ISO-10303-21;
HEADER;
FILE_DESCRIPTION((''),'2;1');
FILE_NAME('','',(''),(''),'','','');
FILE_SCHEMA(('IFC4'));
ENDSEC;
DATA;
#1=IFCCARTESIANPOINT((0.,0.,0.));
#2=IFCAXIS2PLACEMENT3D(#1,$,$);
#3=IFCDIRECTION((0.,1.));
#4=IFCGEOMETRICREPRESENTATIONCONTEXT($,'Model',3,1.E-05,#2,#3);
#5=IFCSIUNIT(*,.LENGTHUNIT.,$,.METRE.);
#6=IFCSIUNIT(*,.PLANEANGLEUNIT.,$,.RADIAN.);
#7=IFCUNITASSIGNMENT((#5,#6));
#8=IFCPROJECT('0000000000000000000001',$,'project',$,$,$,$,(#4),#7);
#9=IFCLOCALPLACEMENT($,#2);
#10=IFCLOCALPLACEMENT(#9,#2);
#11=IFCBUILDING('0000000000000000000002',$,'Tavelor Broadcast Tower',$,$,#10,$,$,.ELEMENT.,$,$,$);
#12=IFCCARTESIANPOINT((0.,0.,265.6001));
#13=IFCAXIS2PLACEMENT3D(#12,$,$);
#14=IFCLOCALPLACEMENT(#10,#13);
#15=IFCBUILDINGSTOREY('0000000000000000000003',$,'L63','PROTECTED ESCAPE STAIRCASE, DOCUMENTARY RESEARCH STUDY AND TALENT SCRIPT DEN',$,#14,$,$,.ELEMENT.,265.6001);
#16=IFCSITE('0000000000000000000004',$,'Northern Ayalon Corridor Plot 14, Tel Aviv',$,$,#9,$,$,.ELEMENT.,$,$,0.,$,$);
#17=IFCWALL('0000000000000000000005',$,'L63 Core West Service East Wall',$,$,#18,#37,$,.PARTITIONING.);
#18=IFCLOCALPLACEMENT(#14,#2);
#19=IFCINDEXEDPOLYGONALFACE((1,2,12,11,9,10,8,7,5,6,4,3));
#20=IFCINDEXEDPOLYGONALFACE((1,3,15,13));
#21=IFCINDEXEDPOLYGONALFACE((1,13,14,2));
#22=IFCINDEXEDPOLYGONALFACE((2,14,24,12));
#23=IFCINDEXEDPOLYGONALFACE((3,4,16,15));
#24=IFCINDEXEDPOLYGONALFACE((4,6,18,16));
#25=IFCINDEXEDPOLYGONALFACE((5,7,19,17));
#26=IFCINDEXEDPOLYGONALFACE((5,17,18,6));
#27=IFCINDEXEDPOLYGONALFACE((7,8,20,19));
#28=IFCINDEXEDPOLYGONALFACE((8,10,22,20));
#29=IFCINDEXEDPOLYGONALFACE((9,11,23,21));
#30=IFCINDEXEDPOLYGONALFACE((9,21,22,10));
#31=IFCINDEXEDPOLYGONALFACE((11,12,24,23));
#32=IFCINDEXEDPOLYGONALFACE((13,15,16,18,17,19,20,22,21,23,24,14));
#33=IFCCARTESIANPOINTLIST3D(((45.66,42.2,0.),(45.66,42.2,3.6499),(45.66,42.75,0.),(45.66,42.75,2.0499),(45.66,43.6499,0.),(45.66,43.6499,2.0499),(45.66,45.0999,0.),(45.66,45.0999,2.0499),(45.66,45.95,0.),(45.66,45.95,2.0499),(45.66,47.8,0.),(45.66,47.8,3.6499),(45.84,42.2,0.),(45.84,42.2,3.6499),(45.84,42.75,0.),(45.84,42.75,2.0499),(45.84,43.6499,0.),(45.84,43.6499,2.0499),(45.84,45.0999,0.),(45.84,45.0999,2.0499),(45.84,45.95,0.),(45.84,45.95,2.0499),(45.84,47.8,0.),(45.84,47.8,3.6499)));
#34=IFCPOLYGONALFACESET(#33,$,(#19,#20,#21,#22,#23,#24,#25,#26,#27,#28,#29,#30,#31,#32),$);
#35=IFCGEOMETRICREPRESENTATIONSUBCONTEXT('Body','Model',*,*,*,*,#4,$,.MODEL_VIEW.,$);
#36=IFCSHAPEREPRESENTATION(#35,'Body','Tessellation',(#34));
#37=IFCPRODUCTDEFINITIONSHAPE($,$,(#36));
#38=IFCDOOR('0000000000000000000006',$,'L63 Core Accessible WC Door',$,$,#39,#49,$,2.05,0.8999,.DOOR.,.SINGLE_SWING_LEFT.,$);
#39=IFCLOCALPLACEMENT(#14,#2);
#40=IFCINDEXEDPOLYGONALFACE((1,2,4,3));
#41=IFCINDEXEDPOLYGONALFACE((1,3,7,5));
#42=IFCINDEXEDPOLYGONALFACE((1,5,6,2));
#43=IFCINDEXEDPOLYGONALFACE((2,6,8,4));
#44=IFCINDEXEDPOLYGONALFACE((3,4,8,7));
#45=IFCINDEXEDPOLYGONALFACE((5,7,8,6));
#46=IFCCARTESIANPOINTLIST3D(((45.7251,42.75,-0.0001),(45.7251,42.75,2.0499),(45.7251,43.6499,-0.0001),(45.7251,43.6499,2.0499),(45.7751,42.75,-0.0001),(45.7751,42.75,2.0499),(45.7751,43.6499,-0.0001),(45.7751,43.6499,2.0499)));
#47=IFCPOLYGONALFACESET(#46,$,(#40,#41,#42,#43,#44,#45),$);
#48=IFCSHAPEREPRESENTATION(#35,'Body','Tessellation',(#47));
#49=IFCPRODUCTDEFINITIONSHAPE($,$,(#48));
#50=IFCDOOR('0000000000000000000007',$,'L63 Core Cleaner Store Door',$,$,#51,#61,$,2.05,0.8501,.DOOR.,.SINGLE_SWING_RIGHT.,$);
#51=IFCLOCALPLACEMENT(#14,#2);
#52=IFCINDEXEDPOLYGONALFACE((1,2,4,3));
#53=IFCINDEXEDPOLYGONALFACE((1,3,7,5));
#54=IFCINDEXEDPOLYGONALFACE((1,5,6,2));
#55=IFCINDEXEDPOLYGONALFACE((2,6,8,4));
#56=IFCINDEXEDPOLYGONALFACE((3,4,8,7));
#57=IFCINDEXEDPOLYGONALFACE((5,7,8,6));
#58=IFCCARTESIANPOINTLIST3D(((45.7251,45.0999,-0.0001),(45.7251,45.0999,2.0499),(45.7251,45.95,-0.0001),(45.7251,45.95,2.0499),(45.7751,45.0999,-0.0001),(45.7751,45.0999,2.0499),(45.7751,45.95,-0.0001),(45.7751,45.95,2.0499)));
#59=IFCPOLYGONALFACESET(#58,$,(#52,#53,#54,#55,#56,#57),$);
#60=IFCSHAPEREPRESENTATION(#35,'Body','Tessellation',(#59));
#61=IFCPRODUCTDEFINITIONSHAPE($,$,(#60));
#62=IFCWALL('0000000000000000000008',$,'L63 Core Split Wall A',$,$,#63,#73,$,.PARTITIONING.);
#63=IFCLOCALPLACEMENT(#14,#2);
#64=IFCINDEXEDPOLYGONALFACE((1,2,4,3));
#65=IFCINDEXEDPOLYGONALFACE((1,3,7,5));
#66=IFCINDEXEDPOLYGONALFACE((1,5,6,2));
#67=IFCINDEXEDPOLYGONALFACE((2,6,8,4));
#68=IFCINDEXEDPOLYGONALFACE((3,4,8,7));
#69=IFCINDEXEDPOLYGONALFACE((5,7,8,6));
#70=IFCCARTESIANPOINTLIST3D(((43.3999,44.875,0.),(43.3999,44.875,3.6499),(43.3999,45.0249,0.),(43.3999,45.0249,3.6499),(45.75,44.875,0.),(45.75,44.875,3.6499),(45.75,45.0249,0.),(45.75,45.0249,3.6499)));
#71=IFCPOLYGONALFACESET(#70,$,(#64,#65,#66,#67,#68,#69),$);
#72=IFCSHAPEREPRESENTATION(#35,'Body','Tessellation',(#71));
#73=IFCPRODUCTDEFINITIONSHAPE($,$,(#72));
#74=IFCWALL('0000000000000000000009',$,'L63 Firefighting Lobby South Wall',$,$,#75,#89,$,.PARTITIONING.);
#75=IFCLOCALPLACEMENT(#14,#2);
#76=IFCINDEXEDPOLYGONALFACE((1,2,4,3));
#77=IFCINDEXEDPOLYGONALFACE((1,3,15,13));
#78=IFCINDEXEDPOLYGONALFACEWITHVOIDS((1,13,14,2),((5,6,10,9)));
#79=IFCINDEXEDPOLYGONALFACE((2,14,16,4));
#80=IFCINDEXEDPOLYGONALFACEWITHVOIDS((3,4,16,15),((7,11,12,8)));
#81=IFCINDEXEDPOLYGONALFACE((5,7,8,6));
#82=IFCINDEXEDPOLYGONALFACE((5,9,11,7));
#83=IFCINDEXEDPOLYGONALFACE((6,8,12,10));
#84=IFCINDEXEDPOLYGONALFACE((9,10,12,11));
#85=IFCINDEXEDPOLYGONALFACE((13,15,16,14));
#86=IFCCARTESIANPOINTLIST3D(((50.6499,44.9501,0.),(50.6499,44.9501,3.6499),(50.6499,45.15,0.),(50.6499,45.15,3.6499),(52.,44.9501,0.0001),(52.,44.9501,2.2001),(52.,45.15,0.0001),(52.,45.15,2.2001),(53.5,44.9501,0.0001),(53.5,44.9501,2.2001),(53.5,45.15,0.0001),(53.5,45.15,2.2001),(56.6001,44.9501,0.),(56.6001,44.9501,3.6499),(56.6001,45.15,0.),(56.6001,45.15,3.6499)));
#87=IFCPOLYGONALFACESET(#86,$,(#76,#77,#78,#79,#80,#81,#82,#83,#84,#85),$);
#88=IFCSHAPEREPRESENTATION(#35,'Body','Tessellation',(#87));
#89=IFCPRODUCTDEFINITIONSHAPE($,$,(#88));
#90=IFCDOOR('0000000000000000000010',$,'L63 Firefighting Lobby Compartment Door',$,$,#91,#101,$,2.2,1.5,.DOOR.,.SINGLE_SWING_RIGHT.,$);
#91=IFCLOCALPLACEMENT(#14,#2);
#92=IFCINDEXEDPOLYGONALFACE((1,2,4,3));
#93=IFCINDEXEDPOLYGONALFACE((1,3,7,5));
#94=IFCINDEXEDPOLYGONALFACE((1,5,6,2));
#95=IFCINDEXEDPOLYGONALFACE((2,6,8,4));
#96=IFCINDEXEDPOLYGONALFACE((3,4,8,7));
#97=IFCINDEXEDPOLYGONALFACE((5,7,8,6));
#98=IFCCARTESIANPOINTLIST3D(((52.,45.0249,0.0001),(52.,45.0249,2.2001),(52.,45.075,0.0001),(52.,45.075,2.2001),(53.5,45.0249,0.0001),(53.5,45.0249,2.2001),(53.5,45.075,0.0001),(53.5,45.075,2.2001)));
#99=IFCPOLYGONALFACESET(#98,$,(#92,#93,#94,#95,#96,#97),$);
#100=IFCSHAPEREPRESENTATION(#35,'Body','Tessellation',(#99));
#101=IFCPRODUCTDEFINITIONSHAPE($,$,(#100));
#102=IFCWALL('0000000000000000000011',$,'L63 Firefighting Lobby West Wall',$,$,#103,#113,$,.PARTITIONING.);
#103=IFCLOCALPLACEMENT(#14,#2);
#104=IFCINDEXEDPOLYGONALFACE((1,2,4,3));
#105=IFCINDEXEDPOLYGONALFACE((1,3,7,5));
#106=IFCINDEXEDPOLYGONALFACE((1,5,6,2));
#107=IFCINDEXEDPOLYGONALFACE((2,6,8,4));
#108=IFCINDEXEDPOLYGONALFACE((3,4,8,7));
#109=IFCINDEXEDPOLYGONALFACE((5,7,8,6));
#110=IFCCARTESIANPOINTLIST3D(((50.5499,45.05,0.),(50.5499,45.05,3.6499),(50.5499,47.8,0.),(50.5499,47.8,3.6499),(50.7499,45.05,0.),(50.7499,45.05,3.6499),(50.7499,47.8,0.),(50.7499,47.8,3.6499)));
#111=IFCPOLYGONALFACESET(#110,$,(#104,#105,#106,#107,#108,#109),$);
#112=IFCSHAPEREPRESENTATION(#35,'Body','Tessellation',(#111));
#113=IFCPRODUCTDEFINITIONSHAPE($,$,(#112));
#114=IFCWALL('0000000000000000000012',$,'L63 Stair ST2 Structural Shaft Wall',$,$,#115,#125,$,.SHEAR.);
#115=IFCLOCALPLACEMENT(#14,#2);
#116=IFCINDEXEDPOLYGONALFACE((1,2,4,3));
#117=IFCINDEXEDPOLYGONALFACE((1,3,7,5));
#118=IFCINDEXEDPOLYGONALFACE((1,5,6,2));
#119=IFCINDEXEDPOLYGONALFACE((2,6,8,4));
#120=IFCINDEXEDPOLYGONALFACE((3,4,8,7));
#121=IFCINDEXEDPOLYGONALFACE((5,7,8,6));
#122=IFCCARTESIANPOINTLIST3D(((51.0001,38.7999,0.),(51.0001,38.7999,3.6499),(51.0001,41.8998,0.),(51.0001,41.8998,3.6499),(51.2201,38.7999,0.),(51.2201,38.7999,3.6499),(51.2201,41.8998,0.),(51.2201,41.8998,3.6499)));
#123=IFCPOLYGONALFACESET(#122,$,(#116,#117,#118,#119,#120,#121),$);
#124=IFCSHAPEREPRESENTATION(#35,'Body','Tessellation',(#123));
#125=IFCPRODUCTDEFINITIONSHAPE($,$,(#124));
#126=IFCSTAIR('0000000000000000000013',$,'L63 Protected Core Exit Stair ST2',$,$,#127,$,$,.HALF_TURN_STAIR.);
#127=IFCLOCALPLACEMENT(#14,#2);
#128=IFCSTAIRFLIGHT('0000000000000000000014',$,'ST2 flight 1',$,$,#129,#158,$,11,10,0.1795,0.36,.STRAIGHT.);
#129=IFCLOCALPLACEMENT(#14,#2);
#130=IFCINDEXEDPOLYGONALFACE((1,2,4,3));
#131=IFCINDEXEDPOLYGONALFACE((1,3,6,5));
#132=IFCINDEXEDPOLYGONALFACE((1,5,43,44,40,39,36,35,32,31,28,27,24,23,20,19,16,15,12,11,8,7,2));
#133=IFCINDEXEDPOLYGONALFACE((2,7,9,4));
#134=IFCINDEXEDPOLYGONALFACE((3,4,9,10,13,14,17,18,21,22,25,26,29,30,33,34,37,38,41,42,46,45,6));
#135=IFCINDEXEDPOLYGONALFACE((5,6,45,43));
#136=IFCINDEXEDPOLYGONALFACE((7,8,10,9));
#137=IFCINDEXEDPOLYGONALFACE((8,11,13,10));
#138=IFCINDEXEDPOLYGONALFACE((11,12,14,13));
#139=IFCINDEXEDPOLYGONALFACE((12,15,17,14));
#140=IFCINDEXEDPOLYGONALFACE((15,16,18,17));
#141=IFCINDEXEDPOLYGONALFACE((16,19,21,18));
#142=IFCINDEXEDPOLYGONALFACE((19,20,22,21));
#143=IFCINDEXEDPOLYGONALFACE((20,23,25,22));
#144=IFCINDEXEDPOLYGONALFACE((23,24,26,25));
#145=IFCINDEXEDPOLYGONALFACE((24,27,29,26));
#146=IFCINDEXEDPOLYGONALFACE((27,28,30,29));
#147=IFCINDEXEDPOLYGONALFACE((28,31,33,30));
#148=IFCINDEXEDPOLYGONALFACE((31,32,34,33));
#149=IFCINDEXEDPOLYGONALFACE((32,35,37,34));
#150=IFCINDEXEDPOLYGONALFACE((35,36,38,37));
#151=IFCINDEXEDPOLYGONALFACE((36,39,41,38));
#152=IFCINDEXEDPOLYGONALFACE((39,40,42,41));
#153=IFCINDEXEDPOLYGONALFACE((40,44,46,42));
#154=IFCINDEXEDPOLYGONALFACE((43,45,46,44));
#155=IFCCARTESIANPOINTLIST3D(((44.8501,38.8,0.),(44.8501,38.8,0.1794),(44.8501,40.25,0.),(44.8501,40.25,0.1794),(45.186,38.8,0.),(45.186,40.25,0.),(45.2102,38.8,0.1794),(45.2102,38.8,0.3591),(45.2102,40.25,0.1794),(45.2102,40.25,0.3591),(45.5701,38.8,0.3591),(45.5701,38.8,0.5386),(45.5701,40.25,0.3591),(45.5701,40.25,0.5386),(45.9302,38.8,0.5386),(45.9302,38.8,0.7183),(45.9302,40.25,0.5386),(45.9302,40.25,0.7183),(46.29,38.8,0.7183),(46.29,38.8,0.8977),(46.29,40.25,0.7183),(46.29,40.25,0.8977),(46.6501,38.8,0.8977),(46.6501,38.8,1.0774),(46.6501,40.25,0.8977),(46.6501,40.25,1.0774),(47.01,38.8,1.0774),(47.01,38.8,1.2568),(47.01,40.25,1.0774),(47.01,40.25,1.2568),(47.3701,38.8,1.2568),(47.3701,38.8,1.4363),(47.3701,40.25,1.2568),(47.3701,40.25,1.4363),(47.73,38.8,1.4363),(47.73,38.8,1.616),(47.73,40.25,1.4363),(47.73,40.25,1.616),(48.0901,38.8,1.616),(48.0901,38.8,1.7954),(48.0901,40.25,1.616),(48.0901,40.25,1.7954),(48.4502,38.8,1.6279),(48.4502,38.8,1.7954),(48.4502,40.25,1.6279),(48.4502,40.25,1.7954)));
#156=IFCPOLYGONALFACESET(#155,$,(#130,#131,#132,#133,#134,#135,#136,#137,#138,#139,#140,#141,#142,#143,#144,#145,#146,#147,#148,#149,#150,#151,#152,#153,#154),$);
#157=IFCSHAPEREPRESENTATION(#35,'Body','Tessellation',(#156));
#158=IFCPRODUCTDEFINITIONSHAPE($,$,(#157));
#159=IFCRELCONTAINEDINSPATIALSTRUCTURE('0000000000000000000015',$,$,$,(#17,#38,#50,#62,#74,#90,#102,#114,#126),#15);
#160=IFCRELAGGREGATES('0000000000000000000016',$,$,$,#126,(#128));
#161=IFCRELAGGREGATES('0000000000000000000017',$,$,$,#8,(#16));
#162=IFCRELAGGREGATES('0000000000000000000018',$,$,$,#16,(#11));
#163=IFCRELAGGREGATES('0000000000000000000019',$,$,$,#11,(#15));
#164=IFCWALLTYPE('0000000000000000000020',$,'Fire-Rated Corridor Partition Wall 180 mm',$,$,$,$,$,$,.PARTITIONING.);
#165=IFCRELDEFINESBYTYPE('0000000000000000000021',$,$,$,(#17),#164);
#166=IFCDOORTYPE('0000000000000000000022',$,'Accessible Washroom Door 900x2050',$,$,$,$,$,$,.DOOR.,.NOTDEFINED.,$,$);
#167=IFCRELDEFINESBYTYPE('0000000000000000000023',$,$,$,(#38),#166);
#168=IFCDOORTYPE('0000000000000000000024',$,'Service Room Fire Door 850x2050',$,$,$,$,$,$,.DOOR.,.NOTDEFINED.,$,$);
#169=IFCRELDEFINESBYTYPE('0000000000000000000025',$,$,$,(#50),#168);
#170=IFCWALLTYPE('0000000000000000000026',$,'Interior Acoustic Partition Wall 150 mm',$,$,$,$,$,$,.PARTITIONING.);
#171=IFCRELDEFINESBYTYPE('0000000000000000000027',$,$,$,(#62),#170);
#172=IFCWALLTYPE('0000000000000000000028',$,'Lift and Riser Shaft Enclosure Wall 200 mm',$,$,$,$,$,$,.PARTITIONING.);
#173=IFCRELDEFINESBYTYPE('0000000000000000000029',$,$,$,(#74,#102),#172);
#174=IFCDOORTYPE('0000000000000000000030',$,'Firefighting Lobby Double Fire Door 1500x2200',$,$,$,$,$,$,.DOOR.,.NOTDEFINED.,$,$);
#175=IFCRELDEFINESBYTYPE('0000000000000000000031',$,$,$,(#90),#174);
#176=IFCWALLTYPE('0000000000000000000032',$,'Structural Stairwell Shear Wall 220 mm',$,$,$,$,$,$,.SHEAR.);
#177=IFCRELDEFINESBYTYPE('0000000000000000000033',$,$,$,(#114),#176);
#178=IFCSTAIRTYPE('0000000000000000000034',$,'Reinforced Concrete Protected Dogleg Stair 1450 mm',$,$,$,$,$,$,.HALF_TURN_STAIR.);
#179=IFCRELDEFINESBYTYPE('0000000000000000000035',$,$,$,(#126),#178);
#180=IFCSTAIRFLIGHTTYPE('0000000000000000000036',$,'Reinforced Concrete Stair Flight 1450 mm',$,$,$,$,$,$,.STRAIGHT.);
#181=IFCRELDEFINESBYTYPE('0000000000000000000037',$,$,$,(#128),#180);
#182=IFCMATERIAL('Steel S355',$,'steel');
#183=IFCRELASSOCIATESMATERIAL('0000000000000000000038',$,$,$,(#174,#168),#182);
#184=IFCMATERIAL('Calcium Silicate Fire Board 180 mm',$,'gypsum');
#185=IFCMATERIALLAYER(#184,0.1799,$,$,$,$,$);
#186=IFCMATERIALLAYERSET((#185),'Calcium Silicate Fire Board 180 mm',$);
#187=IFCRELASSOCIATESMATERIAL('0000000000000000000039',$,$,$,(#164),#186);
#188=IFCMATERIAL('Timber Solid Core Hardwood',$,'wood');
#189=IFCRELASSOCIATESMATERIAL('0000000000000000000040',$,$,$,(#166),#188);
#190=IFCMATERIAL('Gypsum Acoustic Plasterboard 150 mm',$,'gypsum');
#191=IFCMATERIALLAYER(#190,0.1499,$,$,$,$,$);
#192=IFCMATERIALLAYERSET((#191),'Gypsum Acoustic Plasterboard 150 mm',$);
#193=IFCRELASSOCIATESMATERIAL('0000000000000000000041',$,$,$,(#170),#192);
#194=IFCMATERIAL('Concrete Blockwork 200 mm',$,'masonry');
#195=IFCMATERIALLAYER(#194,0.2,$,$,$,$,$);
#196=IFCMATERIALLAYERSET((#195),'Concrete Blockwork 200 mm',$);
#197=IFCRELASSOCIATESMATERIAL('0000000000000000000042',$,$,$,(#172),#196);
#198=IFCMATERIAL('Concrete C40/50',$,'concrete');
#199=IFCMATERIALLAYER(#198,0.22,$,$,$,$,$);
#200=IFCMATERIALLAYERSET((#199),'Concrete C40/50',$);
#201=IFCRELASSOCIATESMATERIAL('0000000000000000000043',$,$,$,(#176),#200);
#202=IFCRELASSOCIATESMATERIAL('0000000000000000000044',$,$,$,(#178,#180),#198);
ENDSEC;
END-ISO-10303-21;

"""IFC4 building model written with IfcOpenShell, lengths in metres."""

from ifc_helpers import new_model, si_unit, direction, frame, frame_2d, origin, place, context, subcontext, project, spatial, polyline, rectangle, outline, extrude, material, layer, layer_set, type_object, element, fill, aggregate, save


model = new_model("IFC4")

# Units and contexts
model_context = context("Model", 3, precision=1e-05, world=origin(), true_north=direction((0.0, 1.0)))
body_context = subcontext(model_context, "Body", "Model", "MODEL_VIEW")
ifc_project = project(units=[si_unit("LENGTHUNIT", "METRE"), si_unit("PLANEANGLEUNIT", "RADIAN")], contexts=[model_context])

# Site, building, storey
site_placement = place(None, origin())
site = spatial("IfcSite", under=ifc_project, at=site_placement, Name="Northern Ayalon Corridor Plot 14, Tel Aviv", CompositionType="ELEMENT", RefElevation=0.0)
building_placement = place(site_placement, origin())
building = spatial("IfcBuilding", under=site, at=building_placement, Name="Tavelor Broadcast Tower", CompositionType="ELEMENT")
storey_placement = place(building_placement, frame((0.0, 0.0, 265.6001)))
storey = spatial("IfcBuildingStorey", under=building, at=storey_placement, Name="L63", Description="PROTECTED ESCAPE STAIRCASE, DOCUMENTARY RESEARCH STUDY AND TALENT SCRIPT DEN", CompositionType="ELEMENT", Elevation=265.6001)

# Shared definitions
ifc_material_1 = material(Name="Concrete C40/50", Category="concrete")
ifc_material_2 = material(Name="Steel S355", Category="steel")

# Shared definitions
door_type_1 = type_object("IfcDoorType", Name="Firefighting Lobby Double Fire Door 1500x2200", OperationType="NOTDEFINED", PredefinedType="DOOR", material=ifc_material_2)

# Wall, openings, doors
ifc_material_3 = material(Name="Calcium Silicate Fire Board 180 mm", Category="gypsum")
ifc_layer_1 = layer(ifc_material_3, 0.1799)
ifc_layer_set_1 = layer_set([ifc_layer_1], Name="Calcium Silicate Fire Board 180 mm")
wall_type_1 = type_object("IfcWallType", Name="Fire-Rated Corridor Partition Wall 180 mm", PredefinedType="PARTITIONING", material=ifc_layer_set_1)
wall_1_placement = place(storey_placement, frame((45.75, 42.2, 0.0), z_axis=(0.0, 0.0, 1.0), x_axis=(0.0, 1.0, 0.0)))
wall_1 = element("IfcWall", 1, at=wall_1_placement, inside=storey, type_object=wall_type_1, Name="L63 Core West Service East Wall", PredefinedType="PARTITIONING", context=body_context, shape_type="SweptSolid", body=[
    extrude(rectangle(XDim=5.6001, YDim=0.1799, at=frame_2d((2.8, 0.0))), origin(), (0.0, 0.0, 1.0), 3.6499),
])
opening_1_placement = place(wall_1_placement, frame((0.55, 0.0, 0.0)))
opening_1 = element("IfcOpeningElement", 2, at=opening_1_placement, cuts=wall_1, PredefinedType="OPENING", context=body_context, shape_type="SweptSolid", body=[
    extrude(rectangle(XDim=0.8999, YDim=2.05, at=frame_2d((0.45, 1.0249))), frame((0.0, 0.1001, 0.0), z_axis=(0.0, -1.0, 0.0), x_axis=(1.0, 0.0, 0.0)), (0.0, 0.0, 1.0), 0.2),
])
opening_2_placement = place(wall_1_placement, frame((2.8999, 0.0, 0.0)))
opening_2 = element("IfcOpeningElement", 3, at=opening_2_placement, cuts=wall_1, PredefinedType="OPENING", context=body_context, shape_type="SweptSolid", body=[
    extrude(rectangle(XDim=0.8501, YDim=2.05, at=frame_2d((0.425, 1.0249))), frame((0.0, 0.1001, 0.0), z_axis=(0.0, -1.0, 0.0), x_axis=(1.0, 0.0, 0.0)), (0.0, 0.0, 1.0), 0.2),
])
ifc_material_4 = material(Name="Timber Solid Core Hardwood", Category="wood")
door_type_2 = type_object("IfcDoorType", Name="Accessible Washroom Door 900x2050", OperationType="NOTDEFINED", PredefinedType="DOOR", material=ifc_material_4)
door_1_placement = place(opening_1_placement, origin())
door_1 = element("IfcDoor", 4, at=door_1_placement, inside=storey, type_object=door_type_2, Name="L63 Core Accessible WC Door", OperationType="SINGLE_SWING_LEFT", OverallHeight=2.05, OverallWidth=0.8999, PredefinedType="DOOR", context=body_context, shape_type="SweptSolid", body=[
    extrude(rectangle(XDim=0.8999, YDim=2.05, at=frame_2d((0.45, 1.0249))), frame((0.0, 0.0249, 0.0), z_axis=(0.0, -1.0, 0.0), x_axis=(1.0, 0.0, 0.0)), (0.0, 0.0, 1.0), 0.05),
])
fill(opening_1, door_1)
door_type_3 = type_object("IfcDoorType", Name="Service Room Fire Door 850x2050", OperationType="NOTDEFINED", PredefinedType="DOOR", material=ifc_material_2)
door_2_placement = place(opening_2_placement, origin())
door_2 = element("IfcDoor", 5, at=door_2_placement, inside=storey, type_object=door_type_3, Name="L63 Core Cleaner Store Door", OperationType="SINGLE_SWING_RIGHT", OverallHeight=2.05, OverallWidth=0.8501, PredefinedType="DOOR", context=body_context, shape_type="SweptSolid", body=[
    extrude(rectangle(XDim=0.8501, YDim=2.05, at=frame_2d((0.425, 1.0249))), frame((0.0, 0.0249, 0.0), z_axis=(0.0, -1.0, 0.0), x_axis=(1.0, 0.0, 0.0)), (0.0, 0.0, 1.0), 0.05),
])
fill(opening_2, door_2)

# Wall
ifc_material_5 = material(Name="Gypsum Acoustic Plasterboard 150 mm", Category="gypsum")
ifc_layer_2 = layer(ifc_material_5, 0.1499)
ifc_layer_set_2 = layer_set([ifc_layer_2], Name="Gypsum Acoustic Plasterboard 150 mm")
wall_type_2 = type_object("IfcWallType", Name="Interior Acoustic Partition Wall 150 mm", PredefinedType="PARTITIONING", material=ifc_layer_set_2)
wall_2_placement = place(storey_placement, frame((43.3999, 44.95, 0.0), z_axis=(0.0, 0.0, 1.0), x_axis=(1.0, 0.0, 0.0)))
element("IfcWall", 6, at=wall_2_placement, inside=storey, type_object=wall_type_2, Name="L63 Core Split Wall A", PredefinedType="PARTITIONING", context=body_context, shape_type="SweptSolid", body=[
    extrude(rectangle(XDim=2.3501, YDim=0.1499, at=frame_2d((1.175, 0.0))), origin(), (0.0, 0.0, 1.0), 3.6499),
])

# Wall, opening, door
ifc_material_6 = material(Name="Concrete Blockwork 200 mm", Category="masonry")
ifc_layer_3 = layer(ifc_material_6, 0.2)
ifc_layer_set_3 = layer_set([ifc_layer_3], Name="Concrete Blockwork 200 mm")
wall_type_3 = type_object("IfcWallType", Name="Lift and Riser Shaft Enclosure Wall 200 mm", PredefinedType="PARTITIONING", material=ifc_layer_set_3)
wall_3_placement = place(storey_placement, frame((50.6499, 45.05, 0.0), z_axis=(0.0, 0.0, 1.0), x_axis=(1.0, 0.0, 0.0)))
wall_3 = element("IfcWall", 7, at=wall_3_placement, inside=storey, type_object=wall_type_3, Name="L63 Firefighting Lobby South Wall", PredefinedType="PARTITIONING", context=body_context, shape_type="SweptSolid", body=[
    extrude(rectangle(XDim=5.9502, YDim=0.2, at=frame_2d((2.9751, 0.0))), origin(), (0.0, 0.0, 1.0), 3.6499),
])
opening_3_placement = place(wall_3_placement, frame((1.3501, 0.0, 0.0)))
opening_3 = element("IfcOpeningElement", 8, at=opening_3_placement, cuts=wall_3, PredefinedType="OPENING", context=body_context, shape_type="SweptSolid", body=[
    extrude(rectangle(XDim=1.5, YDim=2.2, at=frame_2d((0.75, 1.1001))), frame((0.0, 0.1099, 0.0), z_axis=(0.0, -1.0, 0.0), x_axis=(1.0, 0.0, 0.0)), (0.0, 0.0, 1.0), 0.22),
])
door_3_placement = place(opening_3_placement, origin())
door_3 = element("IfcDoor", 9, at=door_3_placement, inside=storey, type_object=door_type_1, Name="L63 Firefighting Lobby Compartment Door", OperationType="SINGLE_SWING_RIGHT", OverallHeight=2.2, OverallWidth=1.5, PredefinedType="DOOR", context=body_context, shape_type="SweptSolid", body=[
    extrude(rectangle(XDim=1.5, YDim=2.2, at=frame_2d((0.75, 1.1001))), frame((0.0, 0.0249, 0.0), z_axis=(0.0, -1.0, 0.0), x_axis=(1.0, 0.0, 0.0)), (0.0, 0.0, 1.0), 0.05),
])
fill(opening_3, door_3)

# Walls
wall_4_placement = place(storey_placement, frame((50.6499, 45.05, 0.0), z_axis=(0.0, 0.0, 1.0), x_axis=(0.0, 1.0, 0.0)))
element("IfcWall", 10, at=wall_4_placement, inside=storey, type_object=wall_type_3, Name="L63 Firefighting Lobby West Wall", PredefinedType="PARTITIONING", context=body_context, shape_type="SweptSolid", body=[
    extrude(rectangle(XDim=2.75, YDim=0.2, at=frame_2d((1.375, 0.0))), origin(), (0.0, 0.0, 1.0), 3.6499),
])
ifc_layer_4 = layer(ifc_material_1, 0.22)
ifc_layer_set_4 = layer_set([ifc_layer_4], Name="Concrete C40/50")
wall_type_4 = type_object("IfcWallType", Name="Structural Stairwell Shear Wall 220 mm", PredefinedType="SHEAR", material=ifc_layer_set_4)
wall_5_placement = place(storey_placement, frame((51.1101, 38.8, 0.0), z_axis=(0.0, 0.0, 1.0), x_axis=(0.0, 1.0, 0.0)))
element("IfcWall", 11, at=wall_5_placement, inside=storey, type_object=wall_type_4, Name="L63 Stair ST2 Structural Shaft Wall", PredefinedType="SHEAR", context=body_context, shape_type="SweptSolid", body=[
    extrude(rectangle(XDim=3.0999, YDim=0.22, at=frame_2d((1.5498, 0.0))), origin(), (0.0, 0.0, 1.0), 3.6499),
])

# Stair, stair flight
stair_type = type_object("IfcStairType", Name="Reinforced Concrete Protected Dogleg Stair 1450 mm", PredefinedType="HALF_TURN_STAIR", material=ifc_material_1)
stair_placement = place(storey_placement, origin())
stair = element("IfcStair", 12, at=stair_placement, inside=storey, type_object=stair_type, Name="L63 Protected Core Exit Stair ST2", PredefinedType="HALF_TURN_STAIR")
stair_flight_type = type_object("IfcStairFlightType", Name="Reinforced Concrete Stair Flight 1450 mm", PredefinedType="STRAIGHT", material=ifc_material_1)
stair_flight_1_placement = place(storey_placement, frame((44.8501, 39.5249, 0.0), z_axis=(0.0, 0.0, 1.0), x_axis=(1.0, 0.0, 0.0)))
stair_flight_1 = element("IfcStairFlight", 13, at=stair_flight_1_placement, type_object=stair_flight_type, Name="ST2 flight 1", NumberOfRisers=11, NumberOfTreads=10, PredefinedType="STRAIGHT", RiserHeight=0.1795, TreadLength=0.36, context=body_context, shape_type="SweptSolid", body=[
    extrude(outline(polyline([(0.0, 0.0), (0.0, 0.1794), (0.3601, 0.1794), (0.3601, 0.3591), (0.72, 0.3591), (0.72, 0.5386), (1.0801, 0.5386), (1.0801, 0.7183), (1.4399, 0.7183), (1.4399, 0.8977), (1.8, 0.8977), (1.8, 1.0774), (2.1599, 1.0774), (2.1599, 1.2568), (2.52, 1.2568), (2.52, 1.4363), (2.8799, 1.4363), (2.8799, 1.616), (3.24, 1.616), (3.24, 1.7954), (3.6001, 1.7954), (3.6001, 1.9751), (3.6001, 1.6279), (0.3359, 0.0), (0.0, 0.0)])), frame((0.0, 0.7251, 0.0), z_axis=(0.0, -1.0, 0.0), x_axis=(1.0, 0.0, 0.0)), (0.0, 0.0, 1.0), 1.45),
])
aggregate(stair, [stair_flight_1])

save(model, "model.ifc")
